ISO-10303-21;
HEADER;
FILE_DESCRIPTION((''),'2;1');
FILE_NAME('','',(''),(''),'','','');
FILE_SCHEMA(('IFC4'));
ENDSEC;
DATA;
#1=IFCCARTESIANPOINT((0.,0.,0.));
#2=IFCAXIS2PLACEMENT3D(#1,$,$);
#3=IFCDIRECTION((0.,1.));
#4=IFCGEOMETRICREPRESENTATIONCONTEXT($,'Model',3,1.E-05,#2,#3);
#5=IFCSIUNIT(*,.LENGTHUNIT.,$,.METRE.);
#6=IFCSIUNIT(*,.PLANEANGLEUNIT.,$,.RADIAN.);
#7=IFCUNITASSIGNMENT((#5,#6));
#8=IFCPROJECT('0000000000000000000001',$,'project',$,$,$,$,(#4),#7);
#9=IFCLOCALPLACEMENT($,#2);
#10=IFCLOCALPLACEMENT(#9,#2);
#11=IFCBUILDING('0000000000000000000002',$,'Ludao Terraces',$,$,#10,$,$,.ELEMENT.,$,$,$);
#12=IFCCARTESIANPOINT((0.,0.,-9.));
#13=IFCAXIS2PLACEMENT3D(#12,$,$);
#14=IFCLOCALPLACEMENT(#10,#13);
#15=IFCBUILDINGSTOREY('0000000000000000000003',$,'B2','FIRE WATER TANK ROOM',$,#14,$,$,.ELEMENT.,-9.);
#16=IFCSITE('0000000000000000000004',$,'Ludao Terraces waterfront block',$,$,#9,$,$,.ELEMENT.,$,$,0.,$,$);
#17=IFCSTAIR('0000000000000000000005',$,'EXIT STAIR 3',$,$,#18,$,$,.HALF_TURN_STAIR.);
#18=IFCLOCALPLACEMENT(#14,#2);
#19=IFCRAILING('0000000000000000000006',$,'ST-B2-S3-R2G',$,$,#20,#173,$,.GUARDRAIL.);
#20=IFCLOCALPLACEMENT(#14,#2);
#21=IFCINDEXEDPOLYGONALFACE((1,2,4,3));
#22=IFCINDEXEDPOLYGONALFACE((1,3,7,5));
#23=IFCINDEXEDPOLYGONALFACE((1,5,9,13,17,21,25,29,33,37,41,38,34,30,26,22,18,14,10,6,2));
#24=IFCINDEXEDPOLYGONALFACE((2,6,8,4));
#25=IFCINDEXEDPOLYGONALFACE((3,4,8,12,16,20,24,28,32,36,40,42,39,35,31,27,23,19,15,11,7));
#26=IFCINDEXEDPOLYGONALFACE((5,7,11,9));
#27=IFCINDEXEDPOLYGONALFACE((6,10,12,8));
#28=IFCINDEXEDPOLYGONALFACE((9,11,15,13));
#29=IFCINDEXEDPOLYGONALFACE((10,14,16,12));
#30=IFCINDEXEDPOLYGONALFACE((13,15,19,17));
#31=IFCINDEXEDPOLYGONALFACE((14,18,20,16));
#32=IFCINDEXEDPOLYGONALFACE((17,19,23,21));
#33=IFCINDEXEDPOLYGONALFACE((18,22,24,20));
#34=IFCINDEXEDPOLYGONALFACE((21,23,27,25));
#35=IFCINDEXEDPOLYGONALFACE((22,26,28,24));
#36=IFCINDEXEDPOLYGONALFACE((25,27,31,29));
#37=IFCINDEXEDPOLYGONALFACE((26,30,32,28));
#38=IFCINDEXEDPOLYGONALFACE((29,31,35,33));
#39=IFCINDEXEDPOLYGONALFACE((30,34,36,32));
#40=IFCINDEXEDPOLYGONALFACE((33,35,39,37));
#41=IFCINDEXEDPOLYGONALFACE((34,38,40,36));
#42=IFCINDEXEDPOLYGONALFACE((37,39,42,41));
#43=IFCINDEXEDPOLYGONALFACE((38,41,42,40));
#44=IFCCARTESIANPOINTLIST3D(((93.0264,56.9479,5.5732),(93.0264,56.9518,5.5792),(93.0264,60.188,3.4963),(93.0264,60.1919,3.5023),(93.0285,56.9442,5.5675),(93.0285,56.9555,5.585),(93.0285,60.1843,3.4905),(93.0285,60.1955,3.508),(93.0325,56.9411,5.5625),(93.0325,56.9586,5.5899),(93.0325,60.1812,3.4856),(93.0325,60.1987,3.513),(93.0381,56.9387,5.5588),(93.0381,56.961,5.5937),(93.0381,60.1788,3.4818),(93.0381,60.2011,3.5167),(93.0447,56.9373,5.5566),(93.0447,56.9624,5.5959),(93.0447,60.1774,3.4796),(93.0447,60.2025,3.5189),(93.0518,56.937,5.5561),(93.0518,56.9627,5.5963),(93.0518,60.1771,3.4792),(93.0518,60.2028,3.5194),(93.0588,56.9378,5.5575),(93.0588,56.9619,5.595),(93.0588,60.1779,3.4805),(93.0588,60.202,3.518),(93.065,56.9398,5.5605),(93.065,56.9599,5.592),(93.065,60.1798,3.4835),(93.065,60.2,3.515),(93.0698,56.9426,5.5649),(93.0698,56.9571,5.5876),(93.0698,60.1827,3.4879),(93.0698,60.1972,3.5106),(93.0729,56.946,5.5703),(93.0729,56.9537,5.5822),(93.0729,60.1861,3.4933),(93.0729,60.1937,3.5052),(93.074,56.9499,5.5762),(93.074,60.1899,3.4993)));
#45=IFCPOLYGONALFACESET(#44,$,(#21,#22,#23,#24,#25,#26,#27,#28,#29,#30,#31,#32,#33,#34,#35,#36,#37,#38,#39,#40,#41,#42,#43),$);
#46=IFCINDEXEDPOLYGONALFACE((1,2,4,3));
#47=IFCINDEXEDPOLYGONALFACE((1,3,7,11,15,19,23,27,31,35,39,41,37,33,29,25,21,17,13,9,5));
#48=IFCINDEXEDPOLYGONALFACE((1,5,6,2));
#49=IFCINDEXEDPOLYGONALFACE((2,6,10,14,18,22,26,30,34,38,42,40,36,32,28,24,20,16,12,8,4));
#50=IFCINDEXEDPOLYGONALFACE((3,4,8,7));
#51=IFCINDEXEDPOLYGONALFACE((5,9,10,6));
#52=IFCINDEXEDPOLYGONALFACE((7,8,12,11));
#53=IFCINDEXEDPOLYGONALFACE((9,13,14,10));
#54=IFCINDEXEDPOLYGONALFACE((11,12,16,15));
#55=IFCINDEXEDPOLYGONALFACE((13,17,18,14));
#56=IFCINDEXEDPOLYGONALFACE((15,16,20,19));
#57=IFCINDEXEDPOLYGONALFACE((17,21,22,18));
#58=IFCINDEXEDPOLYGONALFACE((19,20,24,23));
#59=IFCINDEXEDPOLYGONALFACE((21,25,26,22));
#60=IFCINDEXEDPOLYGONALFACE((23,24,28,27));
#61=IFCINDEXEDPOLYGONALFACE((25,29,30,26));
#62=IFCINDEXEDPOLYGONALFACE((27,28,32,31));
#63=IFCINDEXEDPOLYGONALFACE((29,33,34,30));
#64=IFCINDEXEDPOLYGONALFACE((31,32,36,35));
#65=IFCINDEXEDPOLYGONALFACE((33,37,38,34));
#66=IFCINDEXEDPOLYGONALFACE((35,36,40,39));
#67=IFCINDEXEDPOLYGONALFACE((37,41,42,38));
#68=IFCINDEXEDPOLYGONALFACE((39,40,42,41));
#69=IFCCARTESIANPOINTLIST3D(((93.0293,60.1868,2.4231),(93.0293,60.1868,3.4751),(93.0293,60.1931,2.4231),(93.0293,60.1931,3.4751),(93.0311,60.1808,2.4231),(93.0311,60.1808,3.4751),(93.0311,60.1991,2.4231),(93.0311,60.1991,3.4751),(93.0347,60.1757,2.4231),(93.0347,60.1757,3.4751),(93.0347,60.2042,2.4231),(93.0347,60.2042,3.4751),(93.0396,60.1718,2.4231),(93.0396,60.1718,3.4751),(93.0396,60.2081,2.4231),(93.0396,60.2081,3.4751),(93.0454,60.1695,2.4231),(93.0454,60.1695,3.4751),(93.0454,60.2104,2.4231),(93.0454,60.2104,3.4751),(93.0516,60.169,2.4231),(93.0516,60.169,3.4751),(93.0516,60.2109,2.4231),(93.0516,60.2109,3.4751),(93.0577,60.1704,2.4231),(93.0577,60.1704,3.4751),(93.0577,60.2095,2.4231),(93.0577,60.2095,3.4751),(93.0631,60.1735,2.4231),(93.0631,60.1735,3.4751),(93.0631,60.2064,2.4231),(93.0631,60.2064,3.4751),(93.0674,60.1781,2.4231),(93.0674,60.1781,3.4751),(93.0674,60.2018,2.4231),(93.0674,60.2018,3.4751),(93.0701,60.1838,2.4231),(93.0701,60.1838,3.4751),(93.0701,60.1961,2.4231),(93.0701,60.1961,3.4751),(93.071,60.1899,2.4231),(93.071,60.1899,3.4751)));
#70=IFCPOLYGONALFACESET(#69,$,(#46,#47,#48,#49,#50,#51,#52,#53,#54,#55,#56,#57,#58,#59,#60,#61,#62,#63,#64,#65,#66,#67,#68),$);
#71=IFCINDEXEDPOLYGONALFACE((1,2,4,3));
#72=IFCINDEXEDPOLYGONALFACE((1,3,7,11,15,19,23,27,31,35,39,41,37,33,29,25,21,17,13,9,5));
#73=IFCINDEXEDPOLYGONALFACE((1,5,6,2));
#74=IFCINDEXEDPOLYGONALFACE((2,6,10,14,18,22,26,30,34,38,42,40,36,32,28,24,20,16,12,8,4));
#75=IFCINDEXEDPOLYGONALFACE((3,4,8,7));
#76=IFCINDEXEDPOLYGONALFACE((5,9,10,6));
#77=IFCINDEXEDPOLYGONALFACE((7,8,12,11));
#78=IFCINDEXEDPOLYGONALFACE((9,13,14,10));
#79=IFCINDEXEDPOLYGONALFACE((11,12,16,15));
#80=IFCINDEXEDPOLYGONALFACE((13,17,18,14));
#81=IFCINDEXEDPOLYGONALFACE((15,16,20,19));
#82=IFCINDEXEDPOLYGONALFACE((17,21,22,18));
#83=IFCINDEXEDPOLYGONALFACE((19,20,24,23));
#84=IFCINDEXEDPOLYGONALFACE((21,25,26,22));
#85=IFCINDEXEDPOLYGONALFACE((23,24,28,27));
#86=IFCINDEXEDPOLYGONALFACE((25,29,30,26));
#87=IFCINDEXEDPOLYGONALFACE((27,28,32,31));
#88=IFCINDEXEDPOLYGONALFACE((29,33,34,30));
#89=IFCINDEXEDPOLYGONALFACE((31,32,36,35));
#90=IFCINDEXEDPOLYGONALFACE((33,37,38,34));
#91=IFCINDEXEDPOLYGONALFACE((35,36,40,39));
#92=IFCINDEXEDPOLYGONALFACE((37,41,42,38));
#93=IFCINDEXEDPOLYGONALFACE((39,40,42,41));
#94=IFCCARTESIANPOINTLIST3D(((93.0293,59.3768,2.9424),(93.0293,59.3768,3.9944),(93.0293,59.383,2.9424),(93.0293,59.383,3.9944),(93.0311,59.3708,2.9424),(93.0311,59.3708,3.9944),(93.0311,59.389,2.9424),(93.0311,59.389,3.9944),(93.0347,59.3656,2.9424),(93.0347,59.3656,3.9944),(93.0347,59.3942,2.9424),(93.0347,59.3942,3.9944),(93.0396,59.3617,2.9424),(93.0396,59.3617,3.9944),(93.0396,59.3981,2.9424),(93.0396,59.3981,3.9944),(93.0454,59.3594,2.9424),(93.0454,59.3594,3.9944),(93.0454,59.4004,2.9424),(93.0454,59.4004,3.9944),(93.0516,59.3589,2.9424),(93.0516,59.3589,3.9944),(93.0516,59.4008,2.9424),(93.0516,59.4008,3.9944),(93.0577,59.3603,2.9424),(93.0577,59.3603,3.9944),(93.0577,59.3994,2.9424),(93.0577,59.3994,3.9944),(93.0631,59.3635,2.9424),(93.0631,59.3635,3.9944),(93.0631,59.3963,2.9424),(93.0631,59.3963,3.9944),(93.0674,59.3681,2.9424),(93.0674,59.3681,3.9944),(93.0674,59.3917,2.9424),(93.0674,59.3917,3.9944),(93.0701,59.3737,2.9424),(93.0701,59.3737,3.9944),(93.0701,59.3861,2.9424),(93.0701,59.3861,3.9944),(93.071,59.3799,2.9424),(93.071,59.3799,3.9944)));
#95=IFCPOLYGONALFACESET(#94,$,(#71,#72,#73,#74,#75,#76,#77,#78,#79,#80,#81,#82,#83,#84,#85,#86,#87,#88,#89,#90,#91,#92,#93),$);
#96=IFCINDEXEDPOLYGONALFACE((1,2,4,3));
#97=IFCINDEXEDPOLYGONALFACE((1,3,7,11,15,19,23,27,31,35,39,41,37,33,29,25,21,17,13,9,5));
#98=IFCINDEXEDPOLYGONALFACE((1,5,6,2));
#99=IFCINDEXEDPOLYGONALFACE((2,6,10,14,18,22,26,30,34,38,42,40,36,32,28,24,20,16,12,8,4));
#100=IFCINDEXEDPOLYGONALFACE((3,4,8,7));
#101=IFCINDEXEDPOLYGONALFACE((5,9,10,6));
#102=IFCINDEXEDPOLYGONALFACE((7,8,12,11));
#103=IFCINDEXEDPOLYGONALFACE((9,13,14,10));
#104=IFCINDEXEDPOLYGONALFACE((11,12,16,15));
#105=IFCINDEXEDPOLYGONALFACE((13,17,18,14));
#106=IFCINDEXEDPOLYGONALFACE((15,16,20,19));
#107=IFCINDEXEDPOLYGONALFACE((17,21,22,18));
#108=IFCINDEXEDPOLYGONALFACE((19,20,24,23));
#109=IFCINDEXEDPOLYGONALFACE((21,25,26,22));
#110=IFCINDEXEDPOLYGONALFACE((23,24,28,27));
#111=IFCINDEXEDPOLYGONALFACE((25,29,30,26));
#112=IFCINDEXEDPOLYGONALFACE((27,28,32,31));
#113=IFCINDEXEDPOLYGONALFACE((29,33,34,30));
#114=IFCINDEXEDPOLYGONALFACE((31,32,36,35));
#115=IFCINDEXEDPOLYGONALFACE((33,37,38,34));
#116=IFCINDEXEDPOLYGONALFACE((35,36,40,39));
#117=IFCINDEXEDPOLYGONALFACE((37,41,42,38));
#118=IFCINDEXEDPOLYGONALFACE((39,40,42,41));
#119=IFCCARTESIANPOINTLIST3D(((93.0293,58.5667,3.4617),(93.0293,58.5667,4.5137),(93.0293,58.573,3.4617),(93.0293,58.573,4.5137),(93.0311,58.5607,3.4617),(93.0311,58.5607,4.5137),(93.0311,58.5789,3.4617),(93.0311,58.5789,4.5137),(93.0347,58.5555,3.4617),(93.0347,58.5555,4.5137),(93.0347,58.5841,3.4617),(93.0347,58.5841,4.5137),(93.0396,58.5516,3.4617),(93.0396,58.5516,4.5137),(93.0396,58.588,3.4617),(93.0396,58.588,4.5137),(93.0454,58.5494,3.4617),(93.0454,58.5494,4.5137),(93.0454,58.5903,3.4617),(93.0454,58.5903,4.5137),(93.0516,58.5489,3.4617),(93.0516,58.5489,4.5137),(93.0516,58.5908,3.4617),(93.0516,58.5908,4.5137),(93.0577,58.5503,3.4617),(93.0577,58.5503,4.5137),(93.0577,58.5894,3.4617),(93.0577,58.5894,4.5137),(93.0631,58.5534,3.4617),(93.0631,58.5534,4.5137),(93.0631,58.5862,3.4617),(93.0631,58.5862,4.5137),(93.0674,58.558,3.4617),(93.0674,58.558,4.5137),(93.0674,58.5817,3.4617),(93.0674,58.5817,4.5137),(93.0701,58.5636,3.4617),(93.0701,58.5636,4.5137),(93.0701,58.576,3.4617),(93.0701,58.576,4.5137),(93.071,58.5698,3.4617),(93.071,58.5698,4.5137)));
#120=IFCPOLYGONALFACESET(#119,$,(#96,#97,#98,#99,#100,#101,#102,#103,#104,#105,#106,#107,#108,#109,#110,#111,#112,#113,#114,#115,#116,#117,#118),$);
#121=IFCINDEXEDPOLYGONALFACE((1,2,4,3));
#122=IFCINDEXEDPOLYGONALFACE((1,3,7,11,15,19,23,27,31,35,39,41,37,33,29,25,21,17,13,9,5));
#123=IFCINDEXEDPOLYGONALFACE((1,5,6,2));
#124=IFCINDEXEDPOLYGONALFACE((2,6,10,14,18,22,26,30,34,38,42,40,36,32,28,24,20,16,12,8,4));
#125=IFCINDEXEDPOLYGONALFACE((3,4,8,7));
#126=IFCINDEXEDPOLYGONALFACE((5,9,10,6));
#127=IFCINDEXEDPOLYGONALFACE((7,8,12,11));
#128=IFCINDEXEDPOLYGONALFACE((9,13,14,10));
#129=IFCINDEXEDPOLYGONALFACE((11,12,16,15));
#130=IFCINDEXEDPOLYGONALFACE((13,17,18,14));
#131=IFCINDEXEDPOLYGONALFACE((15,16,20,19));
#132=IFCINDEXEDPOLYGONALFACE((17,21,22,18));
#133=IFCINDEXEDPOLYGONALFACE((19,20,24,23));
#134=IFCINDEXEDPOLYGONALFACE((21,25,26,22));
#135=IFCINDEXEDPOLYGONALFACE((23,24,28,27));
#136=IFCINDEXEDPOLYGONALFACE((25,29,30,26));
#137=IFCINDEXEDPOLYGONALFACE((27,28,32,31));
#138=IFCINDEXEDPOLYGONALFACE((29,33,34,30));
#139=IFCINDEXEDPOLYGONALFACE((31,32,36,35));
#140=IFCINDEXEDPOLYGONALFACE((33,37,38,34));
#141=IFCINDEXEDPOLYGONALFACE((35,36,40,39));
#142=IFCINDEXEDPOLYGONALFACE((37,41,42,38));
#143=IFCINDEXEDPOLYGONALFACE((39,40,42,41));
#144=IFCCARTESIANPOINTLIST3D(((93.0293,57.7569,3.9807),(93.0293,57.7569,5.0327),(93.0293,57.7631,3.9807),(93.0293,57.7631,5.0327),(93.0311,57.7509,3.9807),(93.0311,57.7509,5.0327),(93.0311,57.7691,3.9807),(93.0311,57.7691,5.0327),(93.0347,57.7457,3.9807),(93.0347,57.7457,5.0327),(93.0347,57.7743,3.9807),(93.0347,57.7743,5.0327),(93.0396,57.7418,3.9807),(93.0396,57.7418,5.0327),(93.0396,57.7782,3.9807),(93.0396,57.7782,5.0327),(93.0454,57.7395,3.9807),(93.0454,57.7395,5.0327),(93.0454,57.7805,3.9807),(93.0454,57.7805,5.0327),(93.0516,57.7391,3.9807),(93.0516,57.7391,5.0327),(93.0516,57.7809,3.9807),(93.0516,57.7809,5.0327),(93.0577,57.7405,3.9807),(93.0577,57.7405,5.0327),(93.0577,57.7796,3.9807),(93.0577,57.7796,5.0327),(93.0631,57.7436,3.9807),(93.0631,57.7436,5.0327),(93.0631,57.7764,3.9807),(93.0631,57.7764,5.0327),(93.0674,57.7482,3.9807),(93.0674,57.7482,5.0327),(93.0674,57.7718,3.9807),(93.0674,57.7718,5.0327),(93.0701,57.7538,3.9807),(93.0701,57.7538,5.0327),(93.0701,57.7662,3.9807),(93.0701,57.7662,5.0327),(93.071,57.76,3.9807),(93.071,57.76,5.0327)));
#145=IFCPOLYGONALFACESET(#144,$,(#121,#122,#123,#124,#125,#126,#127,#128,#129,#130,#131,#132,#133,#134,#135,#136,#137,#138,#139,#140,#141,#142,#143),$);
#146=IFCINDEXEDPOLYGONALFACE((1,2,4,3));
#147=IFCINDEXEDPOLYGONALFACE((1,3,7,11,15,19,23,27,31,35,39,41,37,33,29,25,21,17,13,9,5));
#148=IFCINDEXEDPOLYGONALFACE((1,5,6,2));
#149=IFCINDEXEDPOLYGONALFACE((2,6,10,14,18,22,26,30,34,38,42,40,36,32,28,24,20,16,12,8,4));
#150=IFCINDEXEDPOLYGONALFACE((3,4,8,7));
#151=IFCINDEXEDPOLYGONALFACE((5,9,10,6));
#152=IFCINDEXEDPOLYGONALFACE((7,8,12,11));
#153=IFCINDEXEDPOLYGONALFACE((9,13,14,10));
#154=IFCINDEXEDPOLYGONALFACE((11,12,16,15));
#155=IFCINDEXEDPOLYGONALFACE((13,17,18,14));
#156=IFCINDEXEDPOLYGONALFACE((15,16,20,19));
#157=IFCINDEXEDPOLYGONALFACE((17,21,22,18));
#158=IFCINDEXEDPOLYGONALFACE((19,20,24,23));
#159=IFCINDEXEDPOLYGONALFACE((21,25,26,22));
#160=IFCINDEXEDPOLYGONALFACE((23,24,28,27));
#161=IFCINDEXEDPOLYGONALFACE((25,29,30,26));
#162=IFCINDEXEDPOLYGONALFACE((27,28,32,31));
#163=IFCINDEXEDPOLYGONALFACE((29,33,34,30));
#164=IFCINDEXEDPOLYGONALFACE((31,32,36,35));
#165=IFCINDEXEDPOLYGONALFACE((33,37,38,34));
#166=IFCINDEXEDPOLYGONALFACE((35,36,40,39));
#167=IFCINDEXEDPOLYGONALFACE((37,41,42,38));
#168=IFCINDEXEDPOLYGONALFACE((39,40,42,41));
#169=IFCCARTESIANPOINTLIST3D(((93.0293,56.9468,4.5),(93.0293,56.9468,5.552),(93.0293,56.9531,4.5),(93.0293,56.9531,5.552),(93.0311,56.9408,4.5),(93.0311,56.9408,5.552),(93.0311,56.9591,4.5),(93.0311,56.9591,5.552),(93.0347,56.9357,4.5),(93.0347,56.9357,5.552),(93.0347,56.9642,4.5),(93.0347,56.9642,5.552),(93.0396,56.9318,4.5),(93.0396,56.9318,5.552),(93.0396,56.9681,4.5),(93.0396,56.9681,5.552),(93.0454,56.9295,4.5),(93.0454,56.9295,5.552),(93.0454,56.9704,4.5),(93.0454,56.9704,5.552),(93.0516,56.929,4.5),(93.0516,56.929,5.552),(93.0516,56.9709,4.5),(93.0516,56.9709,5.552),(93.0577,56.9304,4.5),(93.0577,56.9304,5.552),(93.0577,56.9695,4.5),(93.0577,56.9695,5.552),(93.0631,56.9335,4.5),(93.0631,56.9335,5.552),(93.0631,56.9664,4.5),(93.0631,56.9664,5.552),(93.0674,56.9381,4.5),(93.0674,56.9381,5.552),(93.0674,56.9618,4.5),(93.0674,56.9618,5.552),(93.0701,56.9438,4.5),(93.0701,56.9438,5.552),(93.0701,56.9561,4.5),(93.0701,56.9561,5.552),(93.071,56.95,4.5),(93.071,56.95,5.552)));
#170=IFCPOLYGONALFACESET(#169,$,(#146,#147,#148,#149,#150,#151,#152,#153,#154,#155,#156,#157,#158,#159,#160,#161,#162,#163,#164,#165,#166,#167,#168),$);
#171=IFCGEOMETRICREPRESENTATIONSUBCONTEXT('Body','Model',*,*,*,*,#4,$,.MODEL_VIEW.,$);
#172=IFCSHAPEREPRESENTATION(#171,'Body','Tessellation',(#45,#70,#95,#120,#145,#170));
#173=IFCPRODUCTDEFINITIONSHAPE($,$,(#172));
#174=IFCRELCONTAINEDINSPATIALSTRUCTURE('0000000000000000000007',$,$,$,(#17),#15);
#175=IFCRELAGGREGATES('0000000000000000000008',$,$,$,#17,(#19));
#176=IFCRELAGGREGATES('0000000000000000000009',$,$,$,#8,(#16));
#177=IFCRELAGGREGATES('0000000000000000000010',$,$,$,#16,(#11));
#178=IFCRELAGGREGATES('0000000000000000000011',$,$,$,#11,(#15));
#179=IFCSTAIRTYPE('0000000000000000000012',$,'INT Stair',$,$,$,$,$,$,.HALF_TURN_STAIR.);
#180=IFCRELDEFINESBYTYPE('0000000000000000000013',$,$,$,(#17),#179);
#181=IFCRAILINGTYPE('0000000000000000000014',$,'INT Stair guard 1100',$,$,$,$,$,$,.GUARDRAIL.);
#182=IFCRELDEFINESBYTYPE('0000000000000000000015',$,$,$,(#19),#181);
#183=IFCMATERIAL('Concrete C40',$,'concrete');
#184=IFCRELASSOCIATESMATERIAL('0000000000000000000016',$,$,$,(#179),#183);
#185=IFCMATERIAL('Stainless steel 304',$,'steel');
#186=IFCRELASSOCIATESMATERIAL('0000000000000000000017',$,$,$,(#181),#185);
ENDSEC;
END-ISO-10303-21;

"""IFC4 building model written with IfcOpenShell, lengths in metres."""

from ifc_helpers import new_model, si_unit, direction, frame, origin, origin_2d, place, context, subcontext, project, spatial, circle, extrude, material, type_object, element, aggregate, save


model = new_model("IFC4")

# Units and contexts
model_context = context("Model", 3, precision=1e-05, world=origin(), true_north=direction((0.0, 1.0)))
body_context = subcontext(model_context, "Body", "Model", "MODEL_VIEW")
ifc_project = project(units=[si_unit("LENGTHUNIT", "METRE"), si_unit("PLANEANGLEUNIT", "RADIAN")], contexts=[model_context])

# Site, building, storey
site_placement = place(None, origin())
site = spatial("IfcSite", under=ifc_project, at=site_placement, Name="Ludao Terraces waterfront block", CompositionType="ELEMENT", RefElevation=0.0)
building_placement = place(site_placement, origin())
building = spatial("IfcBuilding", under=site, at=building_placement, Name="Ludao Terraces", CompositionType="ELEMENT")
storey_placement = place(building_placement, frame((0.0, 0.0, -9.0)))
storey = spatial("IfcBuildingStorey", under=building, at=storey_placement, Name="B2", Description="FIRE WATER TANK ROOM", CompositionType="ELEMENT", Elevation=-9.0)

# Shared definitions
ifc_material_1 = material(Name="Concrete C40", Category="concrete")

# Stair, railing
stair_type = type_object("IfcStairType", Name="INT Stair", PredefinedType="HALF_TURN_STAIR", material=ifc_material_1)
stair_placement = place(storey_placement, origin())
stair = element("IfcStair", 1, at=stair_placement, inside=storey, type_object=stair_type, Name="EXIT STAIR 3", PredefinedType="HALF_TURN_STAIR")
ifc_material_2 = material(Name="Stainless steel 304", Category="steel")
railing_type_1 = type_object("IfcRailingType", Name="INT Stair guard 1100", PredefinedType="GUARDRAIL", material=ifc_material_2)
railing_1_placement = place(storey_placement, frame((93.05, 60.1899, 2.4231)))
railing_1 = element("IfcRailing", 2, at=railing_1_placement, type_object=railing_type_1, Name="ST-B2-S3-R2G", PredefinedType="GUARDRAIL", context=body_context, shape_type="SweptSolid", body=[
    extrude(circle(Radius=0.0239, at=origin_2d()), frame((0.0, 0.0, 1.0762), z_axis=(0.0, -0.841881, 0.539664), x_axis=(1.0, 0.0, 0.0)), (0.0, 0.0, 1.0), 3.8486),
    extrude(circle(Radius=0.021, at=origin_2d()), origin(), (0.0, 0.0, 1.0), 1.052),
    extrude(circle(Radius=0.021, at=origin_2d()), frame((0.0, -0.8101, 0.5193)), (0.0, 0.0, 1.0), 1.052),
    extrude(circle(Radius=0.021, at=origin_2d()), frame((0.0, -1.6201, 1.0386)), (0.0, 0.0, 1.0), 1.052),
    extrude(circle(Radius=0.021, at=origin_2d()), frame((0.0, -2.4299, 1.5576)), (0.0, 0.0, 1.0), 1.052),
    extrude(circle(Radius=0.021, at=origin_2d()), frame((0.0, -3.24, 2.0769)), (0.0, 0.0, 1.0), 1.052),
])
aggregate(stair, [railing_1])

save(model, "model.ifc")
